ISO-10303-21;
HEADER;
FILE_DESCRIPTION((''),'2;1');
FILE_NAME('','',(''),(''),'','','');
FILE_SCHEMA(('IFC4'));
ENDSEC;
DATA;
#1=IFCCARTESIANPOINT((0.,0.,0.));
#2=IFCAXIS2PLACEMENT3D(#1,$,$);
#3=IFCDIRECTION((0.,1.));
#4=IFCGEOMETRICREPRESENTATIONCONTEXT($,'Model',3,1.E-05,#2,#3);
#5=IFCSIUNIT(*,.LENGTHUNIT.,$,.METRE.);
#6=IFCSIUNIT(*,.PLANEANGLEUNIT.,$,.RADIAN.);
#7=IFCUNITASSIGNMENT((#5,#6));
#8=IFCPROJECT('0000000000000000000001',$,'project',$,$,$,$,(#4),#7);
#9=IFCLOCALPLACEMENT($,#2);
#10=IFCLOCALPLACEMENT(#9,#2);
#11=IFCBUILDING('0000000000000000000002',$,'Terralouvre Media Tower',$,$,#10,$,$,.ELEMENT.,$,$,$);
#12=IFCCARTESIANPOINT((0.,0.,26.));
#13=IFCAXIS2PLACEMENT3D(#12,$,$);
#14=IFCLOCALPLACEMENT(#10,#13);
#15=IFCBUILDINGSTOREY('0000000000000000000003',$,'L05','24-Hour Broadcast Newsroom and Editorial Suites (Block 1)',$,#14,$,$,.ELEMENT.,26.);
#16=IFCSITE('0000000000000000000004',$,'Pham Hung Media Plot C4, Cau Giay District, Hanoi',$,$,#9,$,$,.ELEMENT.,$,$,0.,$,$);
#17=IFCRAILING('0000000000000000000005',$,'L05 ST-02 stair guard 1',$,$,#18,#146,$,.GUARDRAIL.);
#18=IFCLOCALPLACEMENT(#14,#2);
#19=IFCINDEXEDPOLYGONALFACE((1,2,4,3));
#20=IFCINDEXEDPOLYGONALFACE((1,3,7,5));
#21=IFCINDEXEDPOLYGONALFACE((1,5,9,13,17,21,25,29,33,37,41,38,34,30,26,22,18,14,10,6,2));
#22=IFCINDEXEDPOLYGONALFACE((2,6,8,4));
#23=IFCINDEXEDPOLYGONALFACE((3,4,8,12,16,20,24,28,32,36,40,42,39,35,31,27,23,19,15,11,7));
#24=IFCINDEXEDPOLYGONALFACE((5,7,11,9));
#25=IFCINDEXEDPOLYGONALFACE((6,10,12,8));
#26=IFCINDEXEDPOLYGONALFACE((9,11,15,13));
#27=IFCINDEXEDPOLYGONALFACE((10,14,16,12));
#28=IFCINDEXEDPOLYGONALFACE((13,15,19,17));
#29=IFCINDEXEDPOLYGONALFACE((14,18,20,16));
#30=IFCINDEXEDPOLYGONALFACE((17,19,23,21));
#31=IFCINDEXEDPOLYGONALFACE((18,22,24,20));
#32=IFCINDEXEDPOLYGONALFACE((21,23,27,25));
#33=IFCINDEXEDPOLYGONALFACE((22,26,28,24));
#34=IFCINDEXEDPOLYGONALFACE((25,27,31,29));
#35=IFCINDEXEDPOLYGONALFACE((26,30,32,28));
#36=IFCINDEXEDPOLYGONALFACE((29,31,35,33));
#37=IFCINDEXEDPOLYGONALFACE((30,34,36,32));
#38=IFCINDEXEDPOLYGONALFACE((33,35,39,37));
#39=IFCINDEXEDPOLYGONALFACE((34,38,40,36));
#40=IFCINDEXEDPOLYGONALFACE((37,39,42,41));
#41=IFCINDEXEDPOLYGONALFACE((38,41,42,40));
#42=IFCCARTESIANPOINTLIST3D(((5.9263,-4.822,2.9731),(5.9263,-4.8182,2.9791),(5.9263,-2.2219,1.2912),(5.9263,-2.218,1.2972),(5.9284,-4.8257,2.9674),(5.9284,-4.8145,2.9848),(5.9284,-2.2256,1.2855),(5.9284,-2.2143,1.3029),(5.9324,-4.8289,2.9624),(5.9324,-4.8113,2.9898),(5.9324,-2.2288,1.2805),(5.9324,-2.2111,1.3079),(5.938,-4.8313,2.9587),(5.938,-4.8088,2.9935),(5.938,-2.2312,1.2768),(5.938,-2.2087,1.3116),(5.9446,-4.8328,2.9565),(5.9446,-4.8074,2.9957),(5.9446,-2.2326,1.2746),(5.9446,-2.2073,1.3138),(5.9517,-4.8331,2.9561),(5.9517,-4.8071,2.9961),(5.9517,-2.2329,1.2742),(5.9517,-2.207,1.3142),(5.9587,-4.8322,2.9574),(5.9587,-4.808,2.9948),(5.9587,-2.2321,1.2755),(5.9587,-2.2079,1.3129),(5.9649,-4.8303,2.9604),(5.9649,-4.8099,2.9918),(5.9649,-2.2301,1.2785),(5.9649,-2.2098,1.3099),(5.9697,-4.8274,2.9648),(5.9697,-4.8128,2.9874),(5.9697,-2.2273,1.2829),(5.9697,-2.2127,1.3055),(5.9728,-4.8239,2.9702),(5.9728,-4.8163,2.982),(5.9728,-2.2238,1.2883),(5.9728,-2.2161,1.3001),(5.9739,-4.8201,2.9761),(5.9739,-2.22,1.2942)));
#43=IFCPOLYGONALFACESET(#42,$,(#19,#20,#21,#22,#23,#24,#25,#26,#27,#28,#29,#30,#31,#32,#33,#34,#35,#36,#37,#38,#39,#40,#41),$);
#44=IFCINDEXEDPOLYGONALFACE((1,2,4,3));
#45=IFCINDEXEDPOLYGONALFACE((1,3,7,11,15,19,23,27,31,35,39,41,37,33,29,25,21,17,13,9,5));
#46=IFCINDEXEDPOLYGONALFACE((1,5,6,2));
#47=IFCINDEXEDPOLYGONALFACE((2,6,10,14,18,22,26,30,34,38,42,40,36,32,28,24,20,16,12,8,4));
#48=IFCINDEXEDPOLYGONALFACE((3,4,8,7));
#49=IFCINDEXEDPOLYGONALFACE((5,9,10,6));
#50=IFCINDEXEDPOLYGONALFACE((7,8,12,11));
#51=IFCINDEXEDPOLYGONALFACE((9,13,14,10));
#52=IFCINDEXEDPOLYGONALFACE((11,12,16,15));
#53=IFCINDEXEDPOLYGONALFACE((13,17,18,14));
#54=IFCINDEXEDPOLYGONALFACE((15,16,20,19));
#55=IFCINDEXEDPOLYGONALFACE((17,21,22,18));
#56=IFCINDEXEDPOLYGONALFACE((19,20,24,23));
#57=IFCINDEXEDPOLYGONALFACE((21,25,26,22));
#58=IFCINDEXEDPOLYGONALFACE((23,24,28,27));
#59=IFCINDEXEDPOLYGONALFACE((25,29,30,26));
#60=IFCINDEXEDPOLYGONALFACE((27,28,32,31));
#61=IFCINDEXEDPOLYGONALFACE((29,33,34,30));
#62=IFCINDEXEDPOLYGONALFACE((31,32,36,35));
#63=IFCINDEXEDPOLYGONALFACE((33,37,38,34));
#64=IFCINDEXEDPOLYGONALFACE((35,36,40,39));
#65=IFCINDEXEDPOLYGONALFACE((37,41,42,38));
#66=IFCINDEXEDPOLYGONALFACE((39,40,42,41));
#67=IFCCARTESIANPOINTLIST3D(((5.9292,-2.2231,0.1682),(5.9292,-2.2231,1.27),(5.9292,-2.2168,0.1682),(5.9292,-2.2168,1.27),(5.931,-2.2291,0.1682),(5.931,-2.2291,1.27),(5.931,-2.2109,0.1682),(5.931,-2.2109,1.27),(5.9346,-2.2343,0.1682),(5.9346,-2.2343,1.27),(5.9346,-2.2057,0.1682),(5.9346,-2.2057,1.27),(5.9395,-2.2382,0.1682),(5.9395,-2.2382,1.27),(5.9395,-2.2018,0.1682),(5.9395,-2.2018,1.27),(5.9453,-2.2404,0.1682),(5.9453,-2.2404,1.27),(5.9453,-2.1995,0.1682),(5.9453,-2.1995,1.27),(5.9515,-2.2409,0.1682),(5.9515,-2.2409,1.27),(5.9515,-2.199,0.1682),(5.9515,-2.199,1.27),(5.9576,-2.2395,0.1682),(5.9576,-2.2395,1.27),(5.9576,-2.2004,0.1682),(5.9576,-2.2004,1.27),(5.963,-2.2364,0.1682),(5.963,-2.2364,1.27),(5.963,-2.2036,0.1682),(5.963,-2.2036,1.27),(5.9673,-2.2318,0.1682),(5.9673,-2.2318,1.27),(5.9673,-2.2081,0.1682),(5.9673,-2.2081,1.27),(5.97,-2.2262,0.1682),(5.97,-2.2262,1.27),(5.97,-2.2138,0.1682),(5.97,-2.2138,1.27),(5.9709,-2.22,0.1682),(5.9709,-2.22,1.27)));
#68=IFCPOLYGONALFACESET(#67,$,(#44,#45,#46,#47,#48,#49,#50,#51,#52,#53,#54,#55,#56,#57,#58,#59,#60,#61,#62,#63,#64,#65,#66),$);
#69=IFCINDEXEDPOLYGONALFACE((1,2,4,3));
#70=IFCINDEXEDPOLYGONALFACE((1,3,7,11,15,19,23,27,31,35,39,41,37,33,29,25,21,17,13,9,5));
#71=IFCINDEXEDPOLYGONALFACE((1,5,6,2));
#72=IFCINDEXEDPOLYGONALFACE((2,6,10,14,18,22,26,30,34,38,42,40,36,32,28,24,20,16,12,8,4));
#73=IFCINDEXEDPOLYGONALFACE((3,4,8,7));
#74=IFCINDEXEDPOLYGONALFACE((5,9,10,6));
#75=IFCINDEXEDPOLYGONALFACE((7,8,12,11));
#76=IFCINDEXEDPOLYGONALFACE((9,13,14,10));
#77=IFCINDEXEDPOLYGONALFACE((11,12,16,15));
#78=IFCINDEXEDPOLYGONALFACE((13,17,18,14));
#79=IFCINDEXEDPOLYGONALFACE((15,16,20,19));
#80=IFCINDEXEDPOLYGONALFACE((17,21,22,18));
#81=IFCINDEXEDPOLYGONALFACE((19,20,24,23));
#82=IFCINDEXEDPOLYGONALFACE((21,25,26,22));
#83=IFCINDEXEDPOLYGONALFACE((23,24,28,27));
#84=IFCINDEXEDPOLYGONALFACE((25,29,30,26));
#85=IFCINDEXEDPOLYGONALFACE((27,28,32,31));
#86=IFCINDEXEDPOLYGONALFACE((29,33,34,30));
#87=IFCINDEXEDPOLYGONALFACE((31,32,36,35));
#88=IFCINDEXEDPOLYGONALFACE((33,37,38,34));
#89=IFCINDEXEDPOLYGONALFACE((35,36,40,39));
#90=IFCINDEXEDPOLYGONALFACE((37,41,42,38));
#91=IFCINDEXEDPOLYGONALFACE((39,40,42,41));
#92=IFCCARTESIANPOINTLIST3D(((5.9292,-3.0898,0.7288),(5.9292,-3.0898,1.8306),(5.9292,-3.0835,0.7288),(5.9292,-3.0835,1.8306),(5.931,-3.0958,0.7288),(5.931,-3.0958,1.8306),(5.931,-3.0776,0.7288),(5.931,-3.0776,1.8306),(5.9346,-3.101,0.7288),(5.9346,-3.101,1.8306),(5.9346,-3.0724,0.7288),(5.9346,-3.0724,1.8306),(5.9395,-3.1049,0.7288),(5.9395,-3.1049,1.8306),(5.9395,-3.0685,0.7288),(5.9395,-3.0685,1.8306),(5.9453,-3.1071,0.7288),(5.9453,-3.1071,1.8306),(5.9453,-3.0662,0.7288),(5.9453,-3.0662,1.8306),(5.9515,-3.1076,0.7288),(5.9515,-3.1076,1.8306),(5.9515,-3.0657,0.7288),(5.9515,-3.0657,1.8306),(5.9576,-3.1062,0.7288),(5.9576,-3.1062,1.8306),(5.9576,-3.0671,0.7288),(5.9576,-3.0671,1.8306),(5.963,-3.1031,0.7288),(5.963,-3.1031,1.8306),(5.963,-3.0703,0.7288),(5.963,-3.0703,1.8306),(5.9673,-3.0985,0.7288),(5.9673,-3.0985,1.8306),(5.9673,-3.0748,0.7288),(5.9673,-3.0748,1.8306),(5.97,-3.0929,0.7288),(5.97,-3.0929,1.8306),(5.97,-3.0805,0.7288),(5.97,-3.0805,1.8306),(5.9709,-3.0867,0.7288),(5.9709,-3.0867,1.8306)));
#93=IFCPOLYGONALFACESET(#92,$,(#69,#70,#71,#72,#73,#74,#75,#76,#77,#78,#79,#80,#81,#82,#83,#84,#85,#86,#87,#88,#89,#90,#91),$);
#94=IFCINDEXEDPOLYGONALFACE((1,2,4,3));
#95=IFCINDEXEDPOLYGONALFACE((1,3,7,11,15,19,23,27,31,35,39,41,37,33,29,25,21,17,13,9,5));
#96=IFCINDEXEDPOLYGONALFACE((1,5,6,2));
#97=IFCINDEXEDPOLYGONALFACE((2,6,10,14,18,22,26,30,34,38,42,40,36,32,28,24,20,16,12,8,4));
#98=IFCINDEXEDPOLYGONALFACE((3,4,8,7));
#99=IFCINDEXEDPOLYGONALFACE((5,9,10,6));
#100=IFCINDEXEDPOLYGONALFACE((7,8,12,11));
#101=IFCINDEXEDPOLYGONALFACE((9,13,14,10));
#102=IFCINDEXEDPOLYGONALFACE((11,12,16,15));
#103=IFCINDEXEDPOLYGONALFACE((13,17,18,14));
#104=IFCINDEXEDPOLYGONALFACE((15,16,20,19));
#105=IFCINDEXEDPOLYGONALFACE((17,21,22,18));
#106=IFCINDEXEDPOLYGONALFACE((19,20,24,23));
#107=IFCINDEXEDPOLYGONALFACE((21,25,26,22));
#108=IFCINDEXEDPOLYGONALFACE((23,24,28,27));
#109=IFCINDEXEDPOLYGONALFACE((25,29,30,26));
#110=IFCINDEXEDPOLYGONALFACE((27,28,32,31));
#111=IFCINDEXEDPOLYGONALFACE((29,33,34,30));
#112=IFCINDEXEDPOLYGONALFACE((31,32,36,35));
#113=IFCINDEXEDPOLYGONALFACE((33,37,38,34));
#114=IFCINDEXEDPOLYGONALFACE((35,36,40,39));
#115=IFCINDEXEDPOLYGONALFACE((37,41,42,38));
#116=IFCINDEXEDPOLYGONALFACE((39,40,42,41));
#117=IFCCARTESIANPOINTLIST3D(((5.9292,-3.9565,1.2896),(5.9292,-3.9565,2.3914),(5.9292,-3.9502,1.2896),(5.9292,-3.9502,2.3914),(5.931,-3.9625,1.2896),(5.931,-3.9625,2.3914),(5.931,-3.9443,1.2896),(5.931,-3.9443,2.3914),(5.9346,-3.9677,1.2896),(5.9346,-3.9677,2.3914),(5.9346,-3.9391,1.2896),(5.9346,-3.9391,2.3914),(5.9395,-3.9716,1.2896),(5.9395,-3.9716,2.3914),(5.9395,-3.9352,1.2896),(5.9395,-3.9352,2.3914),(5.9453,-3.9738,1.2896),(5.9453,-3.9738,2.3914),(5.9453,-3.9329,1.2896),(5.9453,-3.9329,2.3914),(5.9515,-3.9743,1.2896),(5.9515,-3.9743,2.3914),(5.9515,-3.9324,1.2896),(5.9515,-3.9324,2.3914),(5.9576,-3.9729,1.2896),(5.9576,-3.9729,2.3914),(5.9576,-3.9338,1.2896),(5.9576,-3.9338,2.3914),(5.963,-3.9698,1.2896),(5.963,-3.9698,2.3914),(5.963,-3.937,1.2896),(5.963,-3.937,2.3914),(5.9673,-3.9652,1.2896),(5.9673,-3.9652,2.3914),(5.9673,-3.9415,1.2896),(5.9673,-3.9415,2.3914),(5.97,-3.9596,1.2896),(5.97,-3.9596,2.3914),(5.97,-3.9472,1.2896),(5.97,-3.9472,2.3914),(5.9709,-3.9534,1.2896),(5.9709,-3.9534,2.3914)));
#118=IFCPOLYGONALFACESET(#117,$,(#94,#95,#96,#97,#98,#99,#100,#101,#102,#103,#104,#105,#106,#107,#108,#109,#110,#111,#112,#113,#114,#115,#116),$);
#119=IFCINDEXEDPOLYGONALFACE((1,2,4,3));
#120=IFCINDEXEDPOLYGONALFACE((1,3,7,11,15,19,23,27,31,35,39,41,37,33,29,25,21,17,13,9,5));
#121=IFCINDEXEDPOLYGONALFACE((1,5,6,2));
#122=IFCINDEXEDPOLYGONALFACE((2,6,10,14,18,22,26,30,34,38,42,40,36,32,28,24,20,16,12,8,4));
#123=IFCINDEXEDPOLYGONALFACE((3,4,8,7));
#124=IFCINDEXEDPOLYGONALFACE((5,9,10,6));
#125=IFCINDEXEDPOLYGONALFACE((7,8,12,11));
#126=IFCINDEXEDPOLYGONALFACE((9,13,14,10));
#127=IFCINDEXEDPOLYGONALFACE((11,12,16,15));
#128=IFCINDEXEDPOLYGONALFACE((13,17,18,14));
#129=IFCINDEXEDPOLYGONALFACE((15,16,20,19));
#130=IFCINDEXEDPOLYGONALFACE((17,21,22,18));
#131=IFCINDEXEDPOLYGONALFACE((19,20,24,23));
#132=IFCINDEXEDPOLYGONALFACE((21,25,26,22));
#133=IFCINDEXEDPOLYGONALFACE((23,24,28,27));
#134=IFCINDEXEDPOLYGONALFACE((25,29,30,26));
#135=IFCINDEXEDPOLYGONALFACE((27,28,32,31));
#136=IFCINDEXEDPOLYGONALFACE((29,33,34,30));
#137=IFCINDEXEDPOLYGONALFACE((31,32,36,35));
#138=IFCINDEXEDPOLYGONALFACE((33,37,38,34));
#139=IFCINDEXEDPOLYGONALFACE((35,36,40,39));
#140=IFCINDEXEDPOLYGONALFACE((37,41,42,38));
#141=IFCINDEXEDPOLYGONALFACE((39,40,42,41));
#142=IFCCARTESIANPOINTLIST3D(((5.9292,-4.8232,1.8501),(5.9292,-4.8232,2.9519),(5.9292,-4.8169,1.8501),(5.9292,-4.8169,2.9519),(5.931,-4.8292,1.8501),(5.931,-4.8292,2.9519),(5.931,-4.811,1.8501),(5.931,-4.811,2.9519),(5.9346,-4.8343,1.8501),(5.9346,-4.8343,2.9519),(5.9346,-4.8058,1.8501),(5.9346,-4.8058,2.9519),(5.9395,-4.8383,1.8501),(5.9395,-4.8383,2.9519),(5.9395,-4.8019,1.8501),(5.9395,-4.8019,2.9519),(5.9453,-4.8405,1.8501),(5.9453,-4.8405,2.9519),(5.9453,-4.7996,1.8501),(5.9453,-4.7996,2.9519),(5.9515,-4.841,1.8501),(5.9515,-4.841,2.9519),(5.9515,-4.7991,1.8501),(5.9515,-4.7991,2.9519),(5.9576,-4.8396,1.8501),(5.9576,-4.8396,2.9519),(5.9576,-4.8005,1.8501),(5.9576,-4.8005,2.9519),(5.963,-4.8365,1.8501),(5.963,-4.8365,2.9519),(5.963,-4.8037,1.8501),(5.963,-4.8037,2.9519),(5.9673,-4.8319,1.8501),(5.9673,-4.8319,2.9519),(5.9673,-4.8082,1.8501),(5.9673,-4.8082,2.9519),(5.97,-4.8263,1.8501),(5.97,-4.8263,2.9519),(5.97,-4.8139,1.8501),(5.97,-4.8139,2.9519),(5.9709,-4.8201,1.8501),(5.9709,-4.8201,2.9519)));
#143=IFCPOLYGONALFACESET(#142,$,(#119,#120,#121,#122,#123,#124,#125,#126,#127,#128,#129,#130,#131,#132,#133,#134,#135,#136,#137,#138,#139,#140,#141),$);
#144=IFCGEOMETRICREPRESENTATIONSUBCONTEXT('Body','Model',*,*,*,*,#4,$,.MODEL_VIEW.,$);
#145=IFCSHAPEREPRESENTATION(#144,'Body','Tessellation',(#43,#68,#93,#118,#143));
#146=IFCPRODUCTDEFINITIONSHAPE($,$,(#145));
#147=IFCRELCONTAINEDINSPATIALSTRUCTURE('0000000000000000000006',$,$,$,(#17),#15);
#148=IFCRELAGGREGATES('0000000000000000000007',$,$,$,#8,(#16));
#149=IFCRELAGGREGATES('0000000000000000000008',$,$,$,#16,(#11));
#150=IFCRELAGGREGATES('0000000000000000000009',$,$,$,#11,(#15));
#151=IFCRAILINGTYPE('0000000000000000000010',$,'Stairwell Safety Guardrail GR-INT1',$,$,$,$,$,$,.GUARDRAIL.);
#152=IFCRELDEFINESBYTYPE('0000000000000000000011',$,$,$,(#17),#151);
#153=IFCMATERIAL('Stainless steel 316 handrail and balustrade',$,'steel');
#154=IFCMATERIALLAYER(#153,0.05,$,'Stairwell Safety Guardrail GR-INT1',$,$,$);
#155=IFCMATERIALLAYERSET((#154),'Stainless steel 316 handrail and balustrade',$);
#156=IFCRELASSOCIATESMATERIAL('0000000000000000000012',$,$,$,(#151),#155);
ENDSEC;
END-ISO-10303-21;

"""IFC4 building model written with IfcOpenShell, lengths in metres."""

from ifc_helpers import new_model, si_unit, direction, frame, origin, origin_2d, place, context, subcontext, project, spatial, circle, extrude, material, layer, layer_set, type_object, element, save


model = new_model("IFC4")

# Units and contexts
model_context = context("Model", 3, precision=1e-05, world=origin(), true_north=direction((0.0, 1.0)))
body_context = subcontext(model_context, "Body", "Model", "MODEL_VIEW")
ifc_project = project(units=[si_unit("LENGTHUNIT", "METRE"), si_unit("PLANEANGLEUNIT", "RADIAN")], contexts=[model_context])

# Site, building, storey
site_placement = place(None, origin())
site = spatial("IfcSite", under=ifc_project, at=site_placement, Name="Pham Hung Media Plot C4, Cau Giay District, Hanoi", CompositionType="ELEMENT", RefElevation=0.0)
building_placement = place(site_placement, origin())
building = spatial("IfcBuilding", under=site, at=building_placement, Name="Terralouvre Media Tower", CompositionType="ELEMENT")
storey_placement = place(building_placement, frame((0.0, 0.0, 26.0)))
storey = spatial("IfcBuildingStorey", under=building, at=storey_placement, Name="L05", Description="24-Hour Broadcast Newsroom and Editorial Suites (Block 1)", CompositionType="ELEMENT", Elevation=26.0)

# Railing
ifc_material_1 = material(Name="Stainless steel 316 handrail and balustrade", Category="steel")
ifc_layer_1 = layer(ifc_material_1, 0.05, Name="Stairwell Safety Guardrail GR-INT1")
ifc_layer_set_1 = layer_set([ifc_layer_1], Name="Stainless steel 316 handrail and balustrade")
railing_type_1 = type_object("IfcRailingType", Name="Stairwell Safety Guardrail GR-INT1", PredefinedType="GUARDRAIL", material=ifc_layer_set_1)
railing_1_placement = place(storey_placement, frame((5.95, -2.22, 0.1682)))
element("IfcRailing", 1, at=railing_1_placement, inside=storey, type_object=railing_type_1, Name="L05 ST-02 stair guard 1", PredefinedType="GUARDRAIL", context=body_context, shape_type="SweptSolid", body=[
    extrude(circle(Radius=0.0239, at=origin_2d()), frame((0.0, 0.0, 1.126), z_axis=(0.0, -0.839648, 0.54313), x_axis=(1.0, 0.0, 0.0)), (0.0, 0.0, 1.0), 3.0967),
    extrude(circle(Radius=0.021, at=origin_2d()), origin(), (0.0, 0.0, 1.0), 1.1018),
    extrude(circle(Radius=0.021, at=origin_2d()), frame((0.0, -0.8667, 0.5605)), (0.0, 0.0, 1.0), 1.1018),
    extrude(circle(Radius=0.021, at=origin_2d()), frame((0.0, -1.7334, 1.1213)), (0.0, 0.0, 1.0), 1.1018),
    extrude(circle(Radius=0.021, at=origin_2d()), frame((0.0, -2.6001, 1.6819)), (0.0, 0.0, 1.0), 1.1018),
])

save(model, "model.ifc")
